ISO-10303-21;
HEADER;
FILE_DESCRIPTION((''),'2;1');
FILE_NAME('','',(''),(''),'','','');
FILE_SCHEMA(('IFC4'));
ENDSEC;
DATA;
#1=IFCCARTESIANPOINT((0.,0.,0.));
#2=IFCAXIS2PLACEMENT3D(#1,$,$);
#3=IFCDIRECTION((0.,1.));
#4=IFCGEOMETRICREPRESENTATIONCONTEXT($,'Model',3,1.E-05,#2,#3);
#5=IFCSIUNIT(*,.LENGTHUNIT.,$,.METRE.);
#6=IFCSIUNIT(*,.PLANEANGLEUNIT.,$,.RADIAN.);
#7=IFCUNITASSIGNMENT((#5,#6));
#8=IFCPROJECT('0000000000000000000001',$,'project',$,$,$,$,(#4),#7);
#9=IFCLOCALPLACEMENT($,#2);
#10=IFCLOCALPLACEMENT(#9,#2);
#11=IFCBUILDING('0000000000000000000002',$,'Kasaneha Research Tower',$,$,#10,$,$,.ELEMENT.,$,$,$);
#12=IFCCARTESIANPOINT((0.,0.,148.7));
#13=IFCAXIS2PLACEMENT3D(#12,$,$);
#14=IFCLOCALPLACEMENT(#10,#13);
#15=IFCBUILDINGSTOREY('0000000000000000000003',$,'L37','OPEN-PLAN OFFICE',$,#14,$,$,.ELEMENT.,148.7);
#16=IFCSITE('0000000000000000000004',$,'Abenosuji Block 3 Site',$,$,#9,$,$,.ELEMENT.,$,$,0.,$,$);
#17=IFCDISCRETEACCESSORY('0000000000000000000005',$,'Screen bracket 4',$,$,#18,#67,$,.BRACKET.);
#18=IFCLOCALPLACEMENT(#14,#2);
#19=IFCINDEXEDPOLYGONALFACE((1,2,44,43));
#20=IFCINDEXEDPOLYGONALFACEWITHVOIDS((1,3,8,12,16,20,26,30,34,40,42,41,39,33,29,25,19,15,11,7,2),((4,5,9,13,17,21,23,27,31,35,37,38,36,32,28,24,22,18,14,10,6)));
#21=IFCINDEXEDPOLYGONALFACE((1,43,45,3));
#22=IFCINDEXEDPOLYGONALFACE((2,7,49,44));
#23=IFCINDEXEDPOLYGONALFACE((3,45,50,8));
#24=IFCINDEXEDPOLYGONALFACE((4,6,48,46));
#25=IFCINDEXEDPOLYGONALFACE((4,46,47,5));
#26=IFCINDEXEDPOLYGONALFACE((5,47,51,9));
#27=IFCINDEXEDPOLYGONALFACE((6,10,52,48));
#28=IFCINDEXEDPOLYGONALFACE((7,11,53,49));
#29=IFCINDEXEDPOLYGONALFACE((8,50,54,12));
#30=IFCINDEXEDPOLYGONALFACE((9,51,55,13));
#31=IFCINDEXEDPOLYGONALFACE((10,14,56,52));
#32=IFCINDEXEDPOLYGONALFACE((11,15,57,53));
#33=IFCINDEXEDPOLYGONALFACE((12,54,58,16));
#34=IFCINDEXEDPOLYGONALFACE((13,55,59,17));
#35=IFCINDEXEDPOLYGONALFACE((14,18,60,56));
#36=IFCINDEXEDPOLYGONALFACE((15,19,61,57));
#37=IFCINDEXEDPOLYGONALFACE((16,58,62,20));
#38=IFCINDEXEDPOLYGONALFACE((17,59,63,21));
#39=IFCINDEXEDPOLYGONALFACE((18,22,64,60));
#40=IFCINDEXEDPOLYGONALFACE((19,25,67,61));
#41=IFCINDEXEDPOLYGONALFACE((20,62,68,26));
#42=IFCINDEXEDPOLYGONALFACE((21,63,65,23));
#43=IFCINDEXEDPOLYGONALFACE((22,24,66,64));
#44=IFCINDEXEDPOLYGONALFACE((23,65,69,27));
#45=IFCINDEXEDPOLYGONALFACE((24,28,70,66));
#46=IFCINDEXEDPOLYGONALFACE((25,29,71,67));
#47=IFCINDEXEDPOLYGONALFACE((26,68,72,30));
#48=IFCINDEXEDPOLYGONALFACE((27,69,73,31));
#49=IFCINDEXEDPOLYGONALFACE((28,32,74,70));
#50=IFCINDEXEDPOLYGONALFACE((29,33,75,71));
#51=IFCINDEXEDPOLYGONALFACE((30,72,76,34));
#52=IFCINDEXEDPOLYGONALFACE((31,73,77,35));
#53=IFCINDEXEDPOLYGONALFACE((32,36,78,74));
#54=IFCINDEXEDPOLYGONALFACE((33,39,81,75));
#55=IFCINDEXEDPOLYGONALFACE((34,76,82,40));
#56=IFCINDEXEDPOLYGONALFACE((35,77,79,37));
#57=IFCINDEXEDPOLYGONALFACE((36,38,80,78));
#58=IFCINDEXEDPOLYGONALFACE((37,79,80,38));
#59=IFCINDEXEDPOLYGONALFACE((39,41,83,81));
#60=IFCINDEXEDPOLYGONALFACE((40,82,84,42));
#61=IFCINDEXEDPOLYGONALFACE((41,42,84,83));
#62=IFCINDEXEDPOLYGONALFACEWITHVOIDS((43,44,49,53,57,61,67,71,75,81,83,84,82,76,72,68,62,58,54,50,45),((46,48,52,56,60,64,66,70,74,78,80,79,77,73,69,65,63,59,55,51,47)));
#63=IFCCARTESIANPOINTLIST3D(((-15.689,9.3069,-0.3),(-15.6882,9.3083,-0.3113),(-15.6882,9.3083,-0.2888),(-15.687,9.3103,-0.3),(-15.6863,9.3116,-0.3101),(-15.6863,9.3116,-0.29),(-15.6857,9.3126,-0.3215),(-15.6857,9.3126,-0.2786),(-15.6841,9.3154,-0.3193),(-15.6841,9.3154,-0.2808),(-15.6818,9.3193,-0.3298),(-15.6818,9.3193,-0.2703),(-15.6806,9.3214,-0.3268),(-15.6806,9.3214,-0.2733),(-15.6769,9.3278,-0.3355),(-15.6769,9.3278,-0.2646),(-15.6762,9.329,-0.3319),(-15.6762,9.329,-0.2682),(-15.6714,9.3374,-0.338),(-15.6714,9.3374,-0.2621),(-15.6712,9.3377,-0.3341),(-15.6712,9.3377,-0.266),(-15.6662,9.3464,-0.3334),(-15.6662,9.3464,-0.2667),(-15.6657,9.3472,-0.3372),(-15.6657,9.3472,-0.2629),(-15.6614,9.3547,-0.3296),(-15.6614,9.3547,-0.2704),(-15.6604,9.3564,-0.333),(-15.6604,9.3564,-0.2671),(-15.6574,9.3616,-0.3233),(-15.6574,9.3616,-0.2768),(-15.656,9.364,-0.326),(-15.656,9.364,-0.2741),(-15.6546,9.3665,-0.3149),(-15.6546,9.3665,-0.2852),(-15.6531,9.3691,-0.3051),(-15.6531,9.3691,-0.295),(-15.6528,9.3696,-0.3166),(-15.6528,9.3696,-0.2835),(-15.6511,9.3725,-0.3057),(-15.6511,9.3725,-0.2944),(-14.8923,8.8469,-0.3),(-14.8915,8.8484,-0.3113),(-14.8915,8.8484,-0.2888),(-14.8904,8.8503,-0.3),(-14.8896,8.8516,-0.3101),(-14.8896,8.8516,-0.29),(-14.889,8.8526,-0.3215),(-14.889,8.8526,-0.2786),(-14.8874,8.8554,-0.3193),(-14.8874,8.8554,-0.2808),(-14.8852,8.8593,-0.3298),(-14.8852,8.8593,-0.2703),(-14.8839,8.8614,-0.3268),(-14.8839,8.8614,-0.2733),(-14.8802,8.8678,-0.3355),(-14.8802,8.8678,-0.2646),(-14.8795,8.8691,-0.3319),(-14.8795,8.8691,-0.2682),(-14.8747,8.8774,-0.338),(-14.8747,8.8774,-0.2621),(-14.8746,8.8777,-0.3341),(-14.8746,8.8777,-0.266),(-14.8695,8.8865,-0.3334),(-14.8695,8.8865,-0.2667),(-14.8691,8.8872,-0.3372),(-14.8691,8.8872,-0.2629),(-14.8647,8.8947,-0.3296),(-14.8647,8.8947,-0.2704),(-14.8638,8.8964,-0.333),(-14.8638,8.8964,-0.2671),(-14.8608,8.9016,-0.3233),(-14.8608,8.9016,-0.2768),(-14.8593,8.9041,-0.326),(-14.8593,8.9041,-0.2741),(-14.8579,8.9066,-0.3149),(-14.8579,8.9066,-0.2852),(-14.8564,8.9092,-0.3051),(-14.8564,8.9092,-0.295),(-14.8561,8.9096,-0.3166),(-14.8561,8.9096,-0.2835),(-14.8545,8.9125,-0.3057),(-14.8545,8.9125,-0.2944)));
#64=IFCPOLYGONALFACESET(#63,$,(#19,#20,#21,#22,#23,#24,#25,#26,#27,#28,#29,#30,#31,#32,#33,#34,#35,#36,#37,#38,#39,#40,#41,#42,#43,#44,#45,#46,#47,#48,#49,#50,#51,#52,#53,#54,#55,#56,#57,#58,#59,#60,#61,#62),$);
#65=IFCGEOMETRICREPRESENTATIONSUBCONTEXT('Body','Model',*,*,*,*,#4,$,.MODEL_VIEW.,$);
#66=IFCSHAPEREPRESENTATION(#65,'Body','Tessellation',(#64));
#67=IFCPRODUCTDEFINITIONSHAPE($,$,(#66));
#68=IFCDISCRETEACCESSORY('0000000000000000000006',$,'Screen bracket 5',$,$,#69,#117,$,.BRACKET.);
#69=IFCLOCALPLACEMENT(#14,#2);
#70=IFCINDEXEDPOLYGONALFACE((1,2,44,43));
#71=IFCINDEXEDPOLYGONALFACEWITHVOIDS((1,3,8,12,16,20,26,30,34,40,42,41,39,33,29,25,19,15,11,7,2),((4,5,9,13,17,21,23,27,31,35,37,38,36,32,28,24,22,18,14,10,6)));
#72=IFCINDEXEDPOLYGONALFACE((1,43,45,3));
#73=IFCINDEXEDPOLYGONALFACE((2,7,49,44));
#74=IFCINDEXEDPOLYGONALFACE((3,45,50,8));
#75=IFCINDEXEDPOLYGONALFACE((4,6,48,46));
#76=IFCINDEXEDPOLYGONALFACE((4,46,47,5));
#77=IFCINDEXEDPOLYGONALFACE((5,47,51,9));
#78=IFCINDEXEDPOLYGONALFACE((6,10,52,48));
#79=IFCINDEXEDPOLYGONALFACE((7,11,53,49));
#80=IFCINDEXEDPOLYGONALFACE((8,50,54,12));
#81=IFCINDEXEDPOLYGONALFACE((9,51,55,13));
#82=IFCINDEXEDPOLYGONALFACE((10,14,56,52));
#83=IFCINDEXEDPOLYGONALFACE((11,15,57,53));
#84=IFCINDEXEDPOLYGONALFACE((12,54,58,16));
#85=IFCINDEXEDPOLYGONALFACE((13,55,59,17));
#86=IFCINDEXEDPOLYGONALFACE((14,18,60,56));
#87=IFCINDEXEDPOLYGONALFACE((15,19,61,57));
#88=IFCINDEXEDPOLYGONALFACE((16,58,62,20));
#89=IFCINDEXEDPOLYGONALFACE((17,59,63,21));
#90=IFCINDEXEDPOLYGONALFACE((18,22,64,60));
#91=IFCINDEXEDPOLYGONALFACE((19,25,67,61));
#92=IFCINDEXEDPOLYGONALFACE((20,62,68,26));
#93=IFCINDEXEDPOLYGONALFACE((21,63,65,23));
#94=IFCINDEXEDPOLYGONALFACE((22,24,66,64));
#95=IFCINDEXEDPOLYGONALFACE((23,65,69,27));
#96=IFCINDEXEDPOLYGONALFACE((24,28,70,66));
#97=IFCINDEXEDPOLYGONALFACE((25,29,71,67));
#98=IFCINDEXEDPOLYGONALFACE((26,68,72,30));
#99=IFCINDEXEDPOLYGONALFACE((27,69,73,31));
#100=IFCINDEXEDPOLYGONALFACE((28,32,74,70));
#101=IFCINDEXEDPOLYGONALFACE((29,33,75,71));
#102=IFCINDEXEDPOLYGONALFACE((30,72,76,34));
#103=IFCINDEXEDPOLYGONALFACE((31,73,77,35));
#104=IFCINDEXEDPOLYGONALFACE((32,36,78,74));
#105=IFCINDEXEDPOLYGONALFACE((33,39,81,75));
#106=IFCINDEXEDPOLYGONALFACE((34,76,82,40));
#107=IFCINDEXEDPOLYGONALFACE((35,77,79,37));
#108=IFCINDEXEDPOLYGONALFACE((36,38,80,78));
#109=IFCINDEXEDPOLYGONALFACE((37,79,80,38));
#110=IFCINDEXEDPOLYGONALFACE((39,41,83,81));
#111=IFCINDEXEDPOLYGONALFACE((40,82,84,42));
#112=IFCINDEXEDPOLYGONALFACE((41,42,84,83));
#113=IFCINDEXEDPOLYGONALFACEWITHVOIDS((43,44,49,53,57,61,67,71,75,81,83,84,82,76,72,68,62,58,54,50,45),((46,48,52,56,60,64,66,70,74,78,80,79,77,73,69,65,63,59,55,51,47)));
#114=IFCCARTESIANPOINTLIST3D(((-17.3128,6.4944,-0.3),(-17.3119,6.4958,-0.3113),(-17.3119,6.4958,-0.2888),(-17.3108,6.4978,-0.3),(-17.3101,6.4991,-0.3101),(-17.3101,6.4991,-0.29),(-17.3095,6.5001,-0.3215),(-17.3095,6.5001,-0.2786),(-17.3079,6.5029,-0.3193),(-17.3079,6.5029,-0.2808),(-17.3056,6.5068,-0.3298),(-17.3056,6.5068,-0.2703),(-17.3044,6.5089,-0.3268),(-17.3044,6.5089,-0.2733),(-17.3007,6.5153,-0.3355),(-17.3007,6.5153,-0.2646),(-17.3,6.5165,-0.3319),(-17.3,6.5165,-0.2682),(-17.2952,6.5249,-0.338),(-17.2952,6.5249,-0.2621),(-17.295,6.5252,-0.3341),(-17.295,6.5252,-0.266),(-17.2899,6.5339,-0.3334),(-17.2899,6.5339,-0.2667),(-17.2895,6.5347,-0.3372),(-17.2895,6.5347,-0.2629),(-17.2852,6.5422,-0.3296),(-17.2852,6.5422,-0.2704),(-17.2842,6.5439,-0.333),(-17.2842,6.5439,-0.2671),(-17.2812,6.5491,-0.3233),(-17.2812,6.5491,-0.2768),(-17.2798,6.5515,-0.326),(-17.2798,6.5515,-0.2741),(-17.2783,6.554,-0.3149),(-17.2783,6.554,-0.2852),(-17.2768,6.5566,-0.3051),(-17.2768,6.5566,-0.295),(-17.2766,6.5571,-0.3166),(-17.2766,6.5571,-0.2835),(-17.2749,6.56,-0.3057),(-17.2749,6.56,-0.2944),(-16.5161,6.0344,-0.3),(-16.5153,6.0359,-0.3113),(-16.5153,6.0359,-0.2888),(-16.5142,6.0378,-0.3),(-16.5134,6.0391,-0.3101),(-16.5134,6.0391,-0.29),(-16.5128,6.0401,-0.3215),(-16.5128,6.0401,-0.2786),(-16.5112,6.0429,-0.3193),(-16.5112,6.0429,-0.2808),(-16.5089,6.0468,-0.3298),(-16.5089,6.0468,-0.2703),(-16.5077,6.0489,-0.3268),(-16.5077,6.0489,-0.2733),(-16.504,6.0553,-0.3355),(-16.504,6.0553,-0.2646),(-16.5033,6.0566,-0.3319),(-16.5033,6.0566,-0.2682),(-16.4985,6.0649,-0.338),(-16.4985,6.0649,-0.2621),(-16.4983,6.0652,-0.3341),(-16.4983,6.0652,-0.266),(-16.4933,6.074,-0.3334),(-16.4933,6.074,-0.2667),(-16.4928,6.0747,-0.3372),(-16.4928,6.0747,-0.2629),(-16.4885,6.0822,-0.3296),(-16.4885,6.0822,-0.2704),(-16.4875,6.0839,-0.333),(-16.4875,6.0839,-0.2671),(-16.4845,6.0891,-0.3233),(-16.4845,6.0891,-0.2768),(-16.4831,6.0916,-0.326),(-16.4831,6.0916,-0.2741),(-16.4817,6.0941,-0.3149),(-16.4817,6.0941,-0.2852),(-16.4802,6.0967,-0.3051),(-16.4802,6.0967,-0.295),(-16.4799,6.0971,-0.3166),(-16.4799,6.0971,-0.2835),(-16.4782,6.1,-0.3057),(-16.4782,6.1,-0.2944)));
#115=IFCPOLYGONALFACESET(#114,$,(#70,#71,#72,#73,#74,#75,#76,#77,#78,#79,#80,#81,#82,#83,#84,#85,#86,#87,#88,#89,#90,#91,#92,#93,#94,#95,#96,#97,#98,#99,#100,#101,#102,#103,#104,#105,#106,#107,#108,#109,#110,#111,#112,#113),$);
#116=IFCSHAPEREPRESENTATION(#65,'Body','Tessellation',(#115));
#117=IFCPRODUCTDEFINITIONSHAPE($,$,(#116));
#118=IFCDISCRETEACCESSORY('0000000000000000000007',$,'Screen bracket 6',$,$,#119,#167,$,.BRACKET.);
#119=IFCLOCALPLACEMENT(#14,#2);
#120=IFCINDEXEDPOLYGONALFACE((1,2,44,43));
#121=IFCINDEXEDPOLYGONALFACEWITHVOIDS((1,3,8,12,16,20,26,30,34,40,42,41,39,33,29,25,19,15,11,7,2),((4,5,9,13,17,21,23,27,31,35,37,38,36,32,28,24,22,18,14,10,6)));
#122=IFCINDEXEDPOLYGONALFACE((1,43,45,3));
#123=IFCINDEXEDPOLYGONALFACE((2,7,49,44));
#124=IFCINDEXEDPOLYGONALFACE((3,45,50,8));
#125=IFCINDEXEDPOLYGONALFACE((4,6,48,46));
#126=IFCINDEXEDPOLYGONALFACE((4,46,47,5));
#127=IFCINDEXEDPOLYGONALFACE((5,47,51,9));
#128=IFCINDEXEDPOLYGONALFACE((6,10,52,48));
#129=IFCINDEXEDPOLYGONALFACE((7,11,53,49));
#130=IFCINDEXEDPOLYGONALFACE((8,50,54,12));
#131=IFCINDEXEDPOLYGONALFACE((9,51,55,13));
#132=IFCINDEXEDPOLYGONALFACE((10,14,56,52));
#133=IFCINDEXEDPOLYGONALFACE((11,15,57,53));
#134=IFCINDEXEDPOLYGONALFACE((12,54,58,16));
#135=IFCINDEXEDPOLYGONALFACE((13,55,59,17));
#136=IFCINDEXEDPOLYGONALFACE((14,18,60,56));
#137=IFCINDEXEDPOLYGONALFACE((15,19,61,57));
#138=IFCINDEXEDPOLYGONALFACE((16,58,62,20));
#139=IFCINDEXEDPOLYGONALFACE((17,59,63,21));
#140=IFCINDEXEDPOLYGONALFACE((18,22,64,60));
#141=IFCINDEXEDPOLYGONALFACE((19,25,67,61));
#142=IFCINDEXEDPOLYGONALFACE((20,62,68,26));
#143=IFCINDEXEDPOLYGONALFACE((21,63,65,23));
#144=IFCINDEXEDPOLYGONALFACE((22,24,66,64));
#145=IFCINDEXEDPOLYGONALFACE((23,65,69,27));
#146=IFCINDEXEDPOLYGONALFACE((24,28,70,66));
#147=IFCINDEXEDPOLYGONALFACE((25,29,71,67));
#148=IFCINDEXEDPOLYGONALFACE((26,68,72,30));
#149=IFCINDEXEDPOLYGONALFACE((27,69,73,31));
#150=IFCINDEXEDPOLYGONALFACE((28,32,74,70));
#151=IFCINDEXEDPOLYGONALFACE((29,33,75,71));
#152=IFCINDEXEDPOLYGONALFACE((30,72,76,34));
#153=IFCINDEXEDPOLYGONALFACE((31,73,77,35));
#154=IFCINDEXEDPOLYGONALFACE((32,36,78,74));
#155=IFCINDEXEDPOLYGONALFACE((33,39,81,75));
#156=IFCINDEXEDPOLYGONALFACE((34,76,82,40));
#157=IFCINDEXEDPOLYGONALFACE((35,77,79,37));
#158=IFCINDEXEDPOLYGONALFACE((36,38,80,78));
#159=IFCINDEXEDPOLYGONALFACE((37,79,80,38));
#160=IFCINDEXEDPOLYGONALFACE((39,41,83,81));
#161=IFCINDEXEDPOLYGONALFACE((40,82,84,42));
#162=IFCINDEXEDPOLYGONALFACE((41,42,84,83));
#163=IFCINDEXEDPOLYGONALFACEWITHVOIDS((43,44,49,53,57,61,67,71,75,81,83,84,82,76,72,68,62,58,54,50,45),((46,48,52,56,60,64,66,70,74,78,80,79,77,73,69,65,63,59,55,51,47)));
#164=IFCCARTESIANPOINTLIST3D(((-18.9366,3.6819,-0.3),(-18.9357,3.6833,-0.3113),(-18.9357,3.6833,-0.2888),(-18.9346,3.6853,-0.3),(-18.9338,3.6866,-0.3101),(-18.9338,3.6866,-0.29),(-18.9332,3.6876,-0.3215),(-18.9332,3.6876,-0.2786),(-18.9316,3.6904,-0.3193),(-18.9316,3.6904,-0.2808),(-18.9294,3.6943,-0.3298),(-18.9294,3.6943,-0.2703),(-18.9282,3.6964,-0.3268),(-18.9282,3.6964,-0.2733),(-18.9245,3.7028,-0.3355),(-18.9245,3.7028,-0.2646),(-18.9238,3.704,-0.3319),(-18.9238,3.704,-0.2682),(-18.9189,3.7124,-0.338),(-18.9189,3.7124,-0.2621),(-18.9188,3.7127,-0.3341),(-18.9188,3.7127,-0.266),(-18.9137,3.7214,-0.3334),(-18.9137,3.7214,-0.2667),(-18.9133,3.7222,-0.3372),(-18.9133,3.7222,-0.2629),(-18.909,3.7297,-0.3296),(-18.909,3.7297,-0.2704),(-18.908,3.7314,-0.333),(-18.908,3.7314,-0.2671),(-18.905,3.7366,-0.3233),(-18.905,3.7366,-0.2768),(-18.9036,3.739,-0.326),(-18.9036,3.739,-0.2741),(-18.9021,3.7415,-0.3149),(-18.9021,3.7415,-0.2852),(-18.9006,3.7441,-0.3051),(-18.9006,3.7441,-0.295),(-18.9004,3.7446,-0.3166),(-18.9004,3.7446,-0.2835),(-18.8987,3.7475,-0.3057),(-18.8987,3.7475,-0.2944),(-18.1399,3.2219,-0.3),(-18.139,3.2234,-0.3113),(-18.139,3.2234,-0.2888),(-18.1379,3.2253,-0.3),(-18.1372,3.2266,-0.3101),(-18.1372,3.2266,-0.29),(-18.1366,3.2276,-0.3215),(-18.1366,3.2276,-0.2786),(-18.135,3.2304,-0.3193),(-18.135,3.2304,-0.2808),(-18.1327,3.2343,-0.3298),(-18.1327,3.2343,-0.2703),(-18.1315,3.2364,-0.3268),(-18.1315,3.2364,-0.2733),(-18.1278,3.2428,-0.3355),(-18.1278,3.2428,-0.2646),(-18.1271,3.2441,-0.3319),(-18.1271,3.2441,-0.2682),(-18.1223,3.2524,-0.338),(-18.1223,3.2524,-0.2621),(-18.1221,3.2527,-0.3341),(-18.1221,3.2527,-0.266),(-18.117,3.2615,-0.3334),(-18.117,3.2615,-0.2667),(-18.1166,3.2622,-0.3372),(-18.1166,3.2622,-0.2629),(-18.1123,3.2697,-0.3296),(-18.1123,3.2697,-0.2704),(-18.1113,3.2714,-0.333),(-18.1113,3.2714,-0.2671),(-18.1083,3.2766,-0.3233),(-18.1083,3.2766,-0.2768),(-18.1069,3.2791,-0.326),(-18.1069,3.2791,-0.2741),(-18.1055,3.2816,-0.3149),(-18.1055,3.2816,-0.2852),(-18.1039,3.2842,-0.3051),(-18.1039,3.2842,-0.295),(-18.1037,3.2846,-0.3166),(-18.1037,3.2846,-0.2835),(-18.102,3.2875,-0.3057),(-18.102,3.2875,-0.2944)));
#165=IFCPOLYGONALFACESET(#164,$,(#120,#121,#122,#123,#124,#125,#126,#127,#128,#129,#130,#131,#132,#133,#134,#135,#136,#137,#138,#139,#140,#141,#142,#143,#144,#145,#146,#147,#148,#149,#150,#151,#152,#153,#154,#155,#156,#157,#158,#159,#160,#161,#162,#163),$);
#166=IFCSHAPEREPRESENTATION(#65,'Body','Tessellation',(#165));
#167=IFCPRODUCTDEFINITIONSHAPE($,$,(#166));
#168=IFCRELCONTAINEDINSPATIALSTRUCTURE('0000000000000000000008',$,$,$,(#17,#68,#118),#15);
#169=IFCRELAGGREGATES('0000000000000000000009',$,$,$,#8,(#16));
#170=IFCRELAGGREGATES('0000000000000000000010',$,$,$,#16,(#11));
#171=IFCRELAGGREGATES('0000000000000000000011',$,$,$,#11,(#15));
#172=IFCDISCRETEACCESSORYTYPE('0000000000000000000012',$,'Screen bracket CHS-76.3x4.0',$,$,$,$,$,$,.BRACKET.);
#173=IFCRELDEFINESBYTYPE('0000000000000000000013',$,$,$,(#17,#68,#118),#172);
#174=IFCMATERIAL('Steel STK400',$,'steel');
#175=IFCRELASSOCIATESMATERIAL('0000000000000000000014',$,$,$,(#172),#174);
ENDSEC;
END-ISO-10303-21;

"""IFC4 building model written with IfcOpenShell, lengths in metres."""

from ifc_helpers import new_model, si_unit, direction, frame, origin, origin_2d, place, context, subcontext, project, spatial, hollow_circle, extrude, material, material_profile, profile_set, type_object, element, save


model = new_model("IFC4")

# Units and contexts
model_context = context("Model", 3, precision=1e-05, world=origin(), true_north=direction((0.0, 1.0)))
body_context = subcontext(model_context, "Body", "Model", "MODEL_VIEW")
ifc_project = project(units=[si_unit("LENGTHUNIT", "METRE"), si_unit("PLANEANGLEUNIT", "RADIAN")], contexts=[model_context])

# Site, building, storey
site_placement = place(None, origin())
site = spatial("IfcSite", under=ifc_project, at=site_placement, Name="Abenosuji Block 3 Site", CompositionType="ELEMENT", RefElevation=0.0)
building_placement = place(site_placement, origin())
building = spatial("IfcBuilding", under=site, at=building_placement, Name="Kasaneha Research Tower", CompositionType="ELEMENT")
storey_placement = place(building_placement, frame((0.0, 0.0, 148.7)))
storey = spatial("IfcBuildingStorey", under=building, at=storey_placement, Name="L37", Description="OPEN-PLAN OFFICE", CompositionType="ELEMENT", Elevation=148.7)

# Discrete accessories
ifc_material_1 = material(Name="Steel STK400", Category="steel")
ifc_material_profile_1 = material_profile(ifc_material_1, hollow_circle(Radius=0.0381, WallThickness=0.0039, at=origin_2d()), Name="CHS-76.3x4.0")
ifc_profile_set_1 = profile_set([ifc_material_profile_1], Name="Steel STK400")
discrete_accessory_type = type_object("IfcDiscreteAccessoryType", Name="Screen bracket CHS-76.3x4.0", PredefinedType="BRACKET", material=ifc_profile_set_1)
for number, where, z_axis, x_axis, name in (
    (1, (-14.8733, 8.8799, -0.3), (-0.866013, 0.500021, 0.0), (-0.500021, -0.866013, 0.0), "Screen bracket 4"),
    (2, (-16.4971, 6.0674, -0.3), (-0.866013, 0.500021, 0.0), (-0.500021, -0.866013, 0.0), "Screen bracket 5"),
    (3, (-18.1208, 3.2549, -0.3), (-0.866013, 0.500021, 0.0), (-0.500021, -0.866013, 0.0), "Screen bracket 6"),
):
    element("IfcDiscreteAccessory", number, at=place(storey_placement, frame(where, z_axis=z_axis, x_axis=x_axis)), inside=storey, type_object=discrete_accessory_type, Name=name, PredefinedType="BRACKET", context=body_context, shape_type="SweptSolid", body=[
        extrude(hollow_circle(Radius=0.0381, WallThickness=0.0039, at=origin_2d()), origin(), (0.0, 0.0, 1.0), 0.9199),
    ])

save(model, "model.ifc")
